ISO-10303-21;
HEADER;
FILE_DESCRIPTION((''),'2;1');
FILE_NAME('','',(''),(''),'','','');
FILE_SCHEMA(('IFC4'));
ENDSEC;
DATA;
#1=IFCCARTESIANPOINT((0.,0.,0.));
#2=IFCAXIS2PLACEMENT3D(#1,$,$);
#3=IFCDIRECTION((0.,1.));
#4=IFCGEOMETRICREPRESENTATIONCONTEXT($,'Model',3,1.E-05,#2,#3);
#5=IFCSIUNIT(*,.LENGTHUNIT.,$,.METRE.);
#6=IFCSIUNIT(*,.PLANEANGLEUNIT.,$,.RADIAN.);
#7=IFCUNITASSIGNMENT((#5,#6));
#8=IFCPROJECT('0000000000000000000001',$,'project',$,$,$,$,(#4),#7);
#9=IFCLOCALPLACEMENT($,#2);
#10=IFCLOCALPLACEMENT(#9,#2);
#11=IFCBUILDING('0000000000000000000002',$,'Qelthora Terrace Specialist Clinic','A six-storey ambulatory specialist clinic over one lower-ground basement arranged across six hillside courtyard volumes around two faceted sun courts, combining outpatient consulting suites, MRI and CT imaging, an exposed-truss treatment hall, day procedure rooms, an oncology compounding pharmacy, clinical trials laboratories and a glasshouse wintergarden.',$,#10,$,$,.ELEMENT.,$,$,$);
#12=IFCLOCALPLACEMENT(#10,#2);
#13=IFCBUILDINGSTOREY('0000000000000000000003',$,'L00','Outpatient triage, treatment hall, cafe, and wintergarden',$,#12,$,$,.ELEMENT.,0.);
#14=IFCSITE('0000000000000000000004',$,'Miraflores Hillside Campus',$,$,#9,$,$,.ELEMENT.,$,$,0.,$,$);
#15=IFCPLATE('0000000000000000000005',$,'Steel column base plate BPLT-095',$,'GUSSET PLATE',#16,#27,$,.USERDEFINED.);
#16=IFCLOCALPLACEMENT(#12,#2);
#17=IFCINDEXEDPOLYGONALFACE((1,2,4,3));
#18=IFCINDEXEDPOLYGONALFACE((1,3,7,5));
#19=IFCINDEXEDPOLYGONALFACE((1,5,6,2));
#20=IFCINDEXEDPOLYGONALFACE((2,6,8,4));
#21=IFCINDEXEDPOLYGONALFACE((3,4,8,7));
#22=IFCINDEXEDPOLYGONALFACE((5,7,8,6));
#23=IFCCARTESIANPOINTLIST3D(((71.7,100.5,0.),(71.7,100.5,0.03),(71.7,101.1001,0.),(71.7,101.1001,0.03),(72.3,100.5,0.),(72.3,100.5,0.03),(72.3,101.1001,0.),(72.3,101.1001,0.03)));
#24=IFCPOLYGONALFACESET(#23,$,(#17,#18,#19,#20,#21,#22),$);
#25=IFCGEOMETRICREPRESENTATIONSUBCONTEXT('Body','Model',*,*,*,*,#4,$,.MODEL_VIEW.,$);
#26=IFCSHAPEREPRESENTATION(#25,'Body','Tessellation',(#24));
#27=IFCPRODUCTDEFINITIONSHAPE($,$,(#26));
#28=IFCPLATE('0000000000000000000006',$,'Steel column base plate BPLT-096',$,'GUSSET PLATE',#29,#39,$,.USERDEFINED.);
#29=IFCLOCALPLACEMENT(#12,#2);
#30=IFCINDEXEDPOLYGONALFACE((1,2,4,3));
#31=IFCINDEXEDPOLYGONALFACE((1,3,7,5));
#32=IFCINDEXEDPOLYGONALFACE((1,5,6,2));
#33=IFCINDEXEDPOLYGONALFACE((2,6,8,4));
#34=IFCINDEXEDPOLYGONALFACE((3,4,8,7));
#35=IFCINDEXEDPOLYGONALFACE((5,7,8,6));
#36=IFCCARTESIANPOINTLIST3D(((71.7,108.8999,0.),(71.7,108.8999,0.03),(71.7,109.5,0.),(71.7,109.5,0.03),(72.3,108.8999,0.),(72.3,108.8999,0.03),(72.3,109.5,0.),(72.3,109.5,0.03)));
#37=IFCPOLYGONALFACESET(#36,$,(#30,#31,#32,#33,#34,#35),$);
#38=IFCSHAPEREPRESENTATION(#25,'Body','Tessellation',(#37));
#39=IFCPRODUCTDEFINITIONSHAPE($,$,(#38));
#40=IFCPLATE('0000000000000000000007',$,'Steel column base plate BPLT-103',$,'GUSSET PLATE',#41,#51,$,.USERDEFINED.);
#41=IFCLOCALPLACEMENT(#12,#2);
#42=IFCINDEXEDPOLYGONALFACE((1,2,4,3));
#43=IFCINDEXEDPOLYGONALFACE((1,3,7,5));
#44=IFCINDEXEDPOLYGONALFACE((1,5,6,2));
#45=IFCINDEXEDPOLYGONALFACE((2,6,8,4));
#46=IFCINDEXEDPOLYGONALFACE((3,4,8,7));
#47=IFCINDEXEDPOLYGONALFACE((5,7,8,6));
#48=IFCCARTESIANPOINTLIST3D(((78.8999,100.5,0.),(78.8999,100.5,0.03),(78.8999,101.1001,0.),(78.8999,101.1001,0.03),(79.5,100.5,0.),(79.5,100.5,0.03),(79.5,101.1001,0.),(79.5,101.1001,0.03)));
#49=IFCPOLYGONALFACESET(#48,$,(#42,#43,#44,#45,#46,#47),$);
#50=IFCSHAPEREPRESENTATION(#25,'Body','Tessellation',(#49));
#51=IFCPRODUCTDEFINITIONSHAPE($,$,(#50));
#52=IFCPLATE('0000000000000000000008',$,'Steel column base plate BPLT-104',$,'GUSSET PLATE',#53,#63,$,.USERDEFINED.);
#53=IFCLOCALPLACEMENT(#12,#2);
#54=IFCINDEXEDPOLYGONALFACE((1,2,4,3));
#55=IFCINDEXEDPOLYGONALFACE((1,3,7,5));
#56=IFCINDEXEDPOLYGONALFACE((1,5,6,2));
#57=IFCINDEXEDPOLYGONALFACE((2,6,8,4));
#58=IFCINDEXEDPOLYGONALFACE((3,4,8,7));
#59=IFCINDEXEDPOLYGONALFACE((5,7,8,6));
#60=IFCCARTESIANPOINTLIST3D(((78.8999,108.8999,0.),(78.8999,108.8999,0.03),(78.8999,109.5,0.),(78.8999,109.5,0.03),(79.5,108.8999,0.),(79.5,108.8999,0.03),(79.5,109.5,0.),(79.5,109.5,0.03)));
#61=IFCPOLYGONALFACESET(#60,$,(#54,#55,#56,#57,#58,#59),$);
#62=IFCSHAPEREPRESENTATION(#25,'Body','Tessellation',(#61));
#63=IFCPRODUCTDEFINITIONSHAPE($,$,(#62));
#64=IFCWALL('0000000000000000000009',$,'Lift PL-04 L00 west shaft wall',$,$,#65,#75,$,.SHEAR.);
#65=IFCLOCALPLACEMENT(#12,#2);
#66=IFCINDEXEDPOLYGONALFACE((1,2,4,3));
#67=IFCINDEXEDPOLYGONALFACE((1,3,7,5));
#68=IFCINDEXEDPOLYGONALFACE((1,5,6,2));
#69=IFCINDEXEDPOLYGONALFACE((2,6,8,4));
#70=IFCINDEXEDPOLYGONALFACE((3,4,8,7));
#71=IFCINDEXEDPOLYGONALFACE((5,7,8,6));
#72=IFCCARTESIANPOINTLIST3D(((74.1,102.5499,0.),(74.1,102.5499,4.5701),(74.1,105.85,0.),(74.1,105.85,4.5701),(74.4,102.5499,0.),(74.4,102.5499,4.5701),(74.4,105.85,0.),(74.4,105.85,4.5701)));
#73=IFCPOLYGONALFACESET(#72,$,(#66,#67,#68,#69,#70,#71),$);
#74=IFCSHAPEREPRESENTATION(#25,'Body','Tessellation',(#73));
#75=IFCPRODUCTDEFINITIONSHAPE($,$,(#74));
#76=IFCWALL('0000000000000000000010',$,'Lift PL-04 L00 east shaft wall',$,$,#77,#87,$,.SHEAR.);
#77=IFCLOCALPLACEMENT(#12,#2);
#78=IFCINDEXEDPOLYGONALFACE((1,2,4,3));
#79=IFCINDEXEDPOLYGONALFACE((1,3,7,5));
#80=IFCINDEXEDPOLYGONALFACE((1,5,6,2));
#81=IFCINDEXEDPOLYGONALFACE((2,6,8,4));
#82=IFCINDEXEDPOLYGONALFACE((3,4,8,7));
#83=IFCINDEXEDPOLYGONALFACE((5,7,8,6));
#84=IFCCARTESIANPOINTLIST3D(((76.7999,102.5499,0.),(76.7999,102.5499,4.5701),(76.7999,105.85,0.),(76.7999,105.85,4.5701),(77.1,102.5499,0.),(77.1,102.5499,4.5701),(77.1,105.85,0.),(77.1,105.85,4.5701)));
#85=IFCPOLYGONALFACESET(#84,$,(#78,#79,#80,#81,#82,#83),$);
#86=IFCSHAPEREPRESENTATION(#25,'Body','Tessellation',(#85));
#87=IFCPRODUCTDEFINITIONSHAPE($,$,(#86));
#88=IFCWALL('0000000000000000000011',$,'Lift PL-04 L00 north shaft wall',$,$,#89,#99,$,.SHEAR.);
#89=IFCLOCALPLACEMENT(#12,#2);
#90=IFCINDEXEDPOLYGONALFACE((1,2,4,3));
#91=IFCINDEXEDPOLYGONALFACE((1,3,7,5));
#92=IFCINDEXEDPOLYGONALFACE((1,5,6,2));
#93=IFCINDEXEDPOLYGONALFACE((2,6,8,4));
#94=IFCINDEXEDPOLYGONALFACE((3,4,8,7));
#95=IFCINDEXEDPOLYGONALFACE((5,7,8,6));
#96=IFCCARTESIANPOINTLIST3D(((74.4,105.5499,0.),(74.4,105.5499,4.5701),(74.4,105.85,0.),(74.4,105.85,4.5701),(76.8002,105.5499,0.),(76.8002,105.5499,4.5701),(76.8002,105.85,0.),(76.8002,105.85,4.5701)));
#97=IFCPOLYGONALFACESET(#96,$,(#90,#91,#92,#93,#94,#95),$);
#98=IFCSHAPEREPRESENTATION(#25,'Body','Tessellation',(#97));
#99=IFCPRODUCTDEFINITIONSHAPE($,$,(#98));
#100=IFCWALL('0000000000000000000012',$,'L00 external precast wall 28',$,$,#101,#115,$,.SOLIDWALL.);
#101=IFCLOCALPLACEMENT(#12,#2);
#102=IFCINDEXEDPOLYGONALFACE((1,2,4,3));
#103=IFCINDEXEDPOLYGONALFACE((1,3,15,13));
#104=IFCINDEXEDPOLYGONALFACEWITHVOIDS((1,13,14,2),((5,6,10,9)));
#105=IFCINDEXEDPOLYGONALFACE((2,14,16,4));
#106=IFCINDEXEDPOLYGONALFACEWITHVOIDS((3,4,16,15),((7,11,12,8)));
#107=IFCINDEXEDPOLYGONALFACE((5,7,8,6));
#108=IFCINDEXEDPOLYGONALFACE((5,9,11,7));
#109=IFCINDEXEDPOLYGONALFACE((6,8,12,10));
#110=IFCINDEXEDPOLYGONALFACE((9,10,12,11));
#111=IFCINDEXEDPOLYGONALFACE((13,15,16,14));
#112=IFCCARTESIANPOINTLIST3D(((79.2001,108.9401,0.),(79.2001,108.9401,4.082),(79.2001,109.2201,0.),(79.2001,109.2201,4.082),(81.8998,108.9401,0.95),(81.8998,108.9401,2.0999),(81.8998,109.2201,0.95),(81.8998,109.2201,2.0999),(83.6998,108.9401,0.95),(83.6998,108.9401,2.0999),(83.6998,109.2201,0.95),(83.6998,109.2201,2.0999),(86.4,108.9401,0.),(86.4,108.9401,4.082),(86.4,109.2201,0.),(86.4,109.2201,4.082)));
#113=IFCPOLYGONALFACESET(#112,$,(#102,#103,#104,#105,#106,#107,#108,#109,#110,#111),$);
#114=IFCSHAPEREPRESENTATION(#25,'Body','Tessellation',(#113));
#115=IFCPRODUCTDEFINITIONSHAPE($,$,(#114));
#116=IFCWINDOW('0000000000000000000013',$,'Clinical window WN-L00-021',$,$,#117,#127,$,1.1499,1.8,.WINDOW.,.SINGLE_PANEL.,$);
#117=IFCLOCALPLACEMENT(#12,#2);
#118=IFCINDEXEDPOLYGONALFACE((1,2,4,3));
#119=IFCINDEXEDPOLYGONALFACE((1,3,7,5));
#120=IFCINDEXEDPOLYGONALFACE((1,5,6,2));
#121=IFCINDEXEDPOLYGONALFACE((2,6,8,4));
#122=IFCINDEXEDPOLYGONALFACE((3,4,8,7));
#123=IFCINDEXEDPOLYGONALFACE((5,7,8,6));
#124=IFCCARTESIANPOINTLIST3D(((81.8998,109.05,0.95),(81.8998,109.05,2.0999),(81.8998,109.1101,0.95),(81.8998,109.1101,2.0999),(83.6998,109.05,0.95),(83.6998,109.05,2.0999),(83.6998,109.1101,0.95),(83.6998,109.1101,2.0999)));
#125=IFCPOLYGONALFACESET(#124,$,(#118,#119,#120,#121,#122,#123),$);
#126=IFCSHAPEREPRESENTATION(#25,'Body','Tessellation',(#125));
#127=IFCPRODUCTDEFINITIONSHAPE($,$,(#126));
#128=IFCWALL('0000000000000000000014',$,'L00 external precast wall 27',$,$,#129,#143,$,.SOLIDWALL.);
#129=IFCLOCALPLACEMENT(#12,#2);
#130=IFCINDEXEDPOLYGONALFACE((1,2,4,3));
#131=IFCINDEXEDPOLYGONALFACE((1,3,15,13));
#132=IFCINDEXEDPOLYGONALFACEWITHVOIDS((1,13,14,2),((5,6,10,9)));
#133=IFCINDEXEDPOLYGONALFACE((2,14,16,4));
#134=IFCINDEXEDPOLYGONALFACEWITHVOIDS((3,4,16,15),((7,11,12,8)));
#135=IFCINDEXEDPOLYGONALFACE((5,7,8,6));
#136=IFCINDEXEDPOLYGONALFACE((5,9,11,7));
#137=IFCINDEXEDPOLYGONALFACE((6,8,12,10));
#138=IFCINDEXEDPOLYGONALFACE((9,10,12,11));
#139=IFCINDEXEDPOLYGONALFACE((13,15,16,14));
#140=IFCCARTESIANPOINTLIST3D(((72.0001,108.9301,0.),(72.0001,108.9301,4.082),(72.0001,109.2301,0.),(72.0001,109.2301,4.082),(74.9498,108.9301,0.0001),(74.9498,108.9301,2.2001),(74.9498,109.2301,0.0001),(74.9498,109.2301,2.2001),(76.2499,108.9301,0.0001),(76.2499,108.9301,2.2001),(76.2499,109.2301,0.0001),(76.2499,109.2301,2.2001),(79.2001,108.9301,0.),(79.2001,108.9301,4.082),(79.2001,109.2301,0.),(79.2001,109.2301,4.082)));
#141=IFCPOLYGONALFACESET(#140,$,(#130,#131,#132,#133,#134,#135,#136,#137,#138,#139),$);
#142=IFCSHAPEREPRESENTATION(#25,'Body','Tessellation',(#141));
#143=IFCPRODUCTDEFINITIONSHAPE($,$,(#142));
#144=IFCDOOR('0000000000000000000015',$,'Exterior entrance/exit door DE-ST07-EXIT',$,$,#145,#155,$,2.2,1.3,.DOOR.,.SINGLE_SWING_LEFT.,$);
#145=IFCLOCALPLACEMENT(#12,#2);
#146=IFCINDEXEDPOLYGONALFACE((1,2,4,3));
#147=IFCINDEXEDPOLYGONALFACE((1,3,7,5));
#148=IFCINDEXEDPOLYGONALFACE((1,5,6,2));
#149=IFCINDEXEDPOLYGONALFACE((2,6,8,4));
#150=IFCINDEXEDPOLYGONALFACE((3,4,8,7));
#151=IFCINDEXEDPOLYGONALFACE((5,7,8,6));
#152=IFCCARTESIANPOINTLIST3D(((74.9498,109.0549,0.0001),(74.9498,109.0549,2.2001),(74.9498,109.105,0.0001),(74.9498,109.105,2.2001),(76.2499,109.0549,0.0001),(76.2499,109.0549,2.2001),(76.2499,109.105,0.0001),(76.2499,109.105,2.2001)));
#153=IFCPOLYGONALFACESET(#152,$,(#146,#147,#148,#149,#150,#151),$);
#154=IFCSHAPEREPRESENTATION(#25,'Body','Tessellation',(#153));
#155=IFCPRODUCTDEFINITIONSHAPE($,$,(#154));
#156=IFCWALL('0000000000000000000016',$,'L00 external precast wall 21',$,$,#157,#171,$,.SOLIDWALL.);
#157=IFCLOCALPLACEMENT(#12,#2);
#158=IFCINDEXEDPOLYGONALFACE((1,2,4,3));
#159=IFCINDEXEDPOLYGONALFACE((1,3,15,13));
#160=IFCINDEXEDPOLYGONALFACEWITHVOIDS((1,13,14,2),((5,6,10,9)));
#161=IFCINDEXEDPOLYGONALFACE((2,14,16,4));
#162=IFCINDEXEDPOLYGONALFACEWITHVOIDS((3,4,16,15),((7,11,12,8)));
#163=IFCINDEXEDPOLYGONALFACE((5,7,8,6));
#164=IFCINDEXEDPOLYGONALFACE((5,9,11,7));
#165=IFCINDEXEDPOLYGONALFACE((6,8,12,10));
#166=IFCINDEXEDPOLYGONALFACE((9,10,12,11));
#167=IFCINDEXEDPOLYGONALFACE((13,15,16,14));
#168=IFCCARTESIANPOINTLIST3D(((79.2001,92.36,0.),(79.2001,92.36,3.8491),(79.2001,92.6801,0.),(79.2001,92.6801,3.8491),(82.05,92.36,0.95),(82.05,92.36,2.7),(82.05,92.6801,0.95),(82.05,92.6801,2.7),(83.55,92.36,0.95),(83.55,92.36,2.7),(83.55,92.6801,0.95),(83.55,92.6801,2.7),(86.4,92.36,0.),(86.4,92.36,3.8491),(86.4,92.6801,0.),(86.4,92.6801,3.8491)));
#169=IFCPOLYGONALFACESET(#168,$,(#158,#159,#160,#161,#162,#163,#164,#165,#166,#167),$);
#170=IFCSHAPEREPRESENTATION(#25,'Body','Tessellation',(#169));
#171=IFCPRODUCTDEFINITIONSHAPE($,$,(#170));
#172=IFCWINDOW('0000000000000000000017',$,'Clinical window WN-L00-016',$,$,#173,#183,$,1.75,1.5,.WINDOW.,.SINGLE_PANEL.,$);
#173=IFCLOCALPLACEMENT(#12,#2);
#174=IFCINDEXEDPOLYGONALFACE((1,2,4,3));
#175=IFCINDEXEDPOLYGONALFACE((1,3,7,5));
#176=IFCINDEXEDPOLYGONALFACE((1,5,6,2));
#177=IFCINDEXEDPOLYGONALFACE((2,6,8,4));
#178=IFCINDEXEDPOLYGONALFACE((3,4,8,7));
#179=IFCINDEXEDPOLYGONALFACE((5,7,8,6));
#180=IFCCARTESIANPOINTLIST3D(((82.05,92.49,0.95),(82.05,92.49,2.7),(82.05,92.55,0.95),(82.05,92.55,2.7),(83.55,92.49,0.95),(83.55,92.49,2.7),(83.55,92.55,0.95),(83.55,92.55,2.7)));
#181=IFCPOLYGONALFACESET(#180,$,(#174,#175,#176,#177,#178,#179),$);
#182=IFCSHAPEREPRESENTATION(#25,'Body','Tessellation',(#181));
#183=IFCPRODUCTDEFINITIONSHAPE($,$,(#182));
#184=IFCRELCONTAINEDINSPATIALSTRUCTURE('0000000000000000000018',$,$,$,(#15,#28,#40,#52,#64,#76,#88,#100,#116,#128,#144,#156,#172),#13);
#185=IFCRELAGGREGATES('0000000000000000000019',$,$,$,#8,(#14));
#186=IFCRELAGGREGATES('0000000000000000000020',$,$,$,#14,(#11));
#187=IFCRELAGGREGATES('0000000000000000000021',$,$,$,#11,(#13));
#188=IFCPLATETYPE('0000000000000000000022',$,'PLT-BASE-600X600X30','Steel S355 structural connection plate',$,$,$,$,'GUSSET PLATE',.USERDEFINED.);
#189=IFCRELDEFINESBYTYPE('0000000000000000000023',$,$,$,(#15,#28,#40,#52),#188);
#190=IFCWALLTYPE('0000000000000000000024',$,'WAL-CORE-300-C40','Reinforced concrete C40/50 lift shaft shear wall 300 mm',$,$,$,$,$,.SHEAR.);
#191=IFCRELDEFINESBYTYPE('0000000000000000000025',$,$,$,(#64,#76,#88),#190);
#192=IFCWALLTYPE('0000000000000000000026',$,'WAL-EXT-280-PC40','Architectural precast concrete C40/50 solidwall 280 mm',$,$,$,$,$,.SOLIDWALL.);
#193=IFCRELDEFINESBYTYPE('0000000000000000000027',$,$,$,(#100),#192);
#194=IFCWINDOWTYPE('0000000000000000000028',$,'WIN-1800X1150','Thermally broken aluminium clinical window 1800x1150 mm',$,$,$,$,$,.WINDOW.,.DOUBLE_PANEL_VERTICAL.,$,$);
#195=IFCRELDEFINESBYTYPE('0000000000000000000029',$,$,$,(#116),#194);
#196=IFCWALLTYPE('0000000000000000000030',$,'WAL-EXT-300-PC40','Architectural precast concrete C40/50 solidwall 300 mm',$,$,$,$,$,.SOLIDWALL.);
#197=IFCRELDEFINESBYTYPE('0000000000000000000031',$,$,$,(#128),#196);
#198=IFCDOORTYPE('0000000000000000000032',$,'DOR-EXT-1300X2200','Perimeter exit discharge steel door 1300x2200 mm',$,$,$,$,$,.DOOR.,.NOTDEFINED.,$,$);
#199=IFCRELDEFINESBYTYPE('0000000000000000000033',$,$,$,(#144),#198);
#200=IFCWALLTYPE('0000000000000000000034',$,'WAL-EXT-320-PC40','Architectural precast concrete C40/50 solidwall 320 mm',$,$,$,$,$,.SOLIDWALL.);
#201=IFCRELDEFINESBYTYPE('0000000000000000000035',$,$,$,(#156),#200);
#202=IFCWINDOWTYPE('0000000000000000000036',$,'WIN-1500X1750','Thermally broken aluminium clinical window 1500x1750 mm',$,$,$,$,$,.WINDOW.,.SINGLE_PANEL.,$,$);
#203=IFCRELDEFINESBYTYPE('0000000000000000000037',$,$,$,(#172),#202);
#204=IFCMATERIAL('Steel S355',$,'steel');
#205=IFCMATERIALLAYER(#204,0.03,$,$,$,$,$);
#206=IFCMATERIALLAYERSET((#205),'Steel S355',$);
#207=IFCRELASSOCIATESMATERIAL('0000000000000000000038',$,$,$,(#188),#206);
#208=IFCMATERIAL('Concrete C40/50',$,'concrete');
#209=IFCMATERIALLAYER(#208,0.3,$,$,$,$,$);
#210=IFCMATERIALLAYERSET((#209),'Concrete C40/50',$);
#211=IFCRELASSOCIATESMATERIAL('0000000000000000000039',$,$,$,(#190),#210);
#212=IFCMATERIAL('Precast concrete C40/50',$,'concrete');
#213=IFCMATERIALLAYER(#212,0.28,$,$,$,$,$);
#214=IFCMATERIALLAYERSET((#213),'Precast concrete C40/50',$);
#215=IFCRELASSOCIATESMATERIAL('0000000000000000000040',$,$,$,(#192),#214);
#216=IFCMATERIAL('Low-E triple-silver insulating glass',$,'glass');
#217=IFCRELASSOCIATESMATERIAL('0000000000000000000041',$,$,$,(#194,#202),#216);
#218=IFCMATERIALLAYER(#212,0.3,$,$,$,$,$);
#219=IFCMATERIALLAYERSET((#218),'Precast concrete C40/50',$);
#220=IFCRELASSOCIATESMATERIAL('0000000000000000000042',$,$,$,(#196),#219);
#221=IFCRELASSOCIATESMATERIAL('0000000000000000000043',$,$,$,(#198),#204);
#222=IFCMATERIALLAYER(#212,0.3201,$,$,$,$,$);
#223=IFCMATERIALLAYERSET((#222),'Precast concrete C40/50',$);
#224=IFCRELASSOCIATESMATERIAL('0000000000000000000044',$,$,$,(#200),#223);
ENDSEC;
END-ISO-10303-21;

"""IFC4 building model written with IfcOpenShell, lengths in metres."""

from ifc_helpers import new_model, si_unit, direction, frame, frame_2d, origin, origin_2d, place, context, subcontext, project, spatial, rectangle, extrude, material, layer, layer_set, type_object, element, fill, save


model = new_model("IFC4")

# Units and contexts
model_context = context("Model", 3, precision=1e-05, world=origin(), true_north=direction((0.0, 1.0)))
body_context = subcontext(model_context, "Body", "Model", "MODEL_VIEW")
ifc_project = project(units=[si_unit("LENGTHUNIT", "METRE"), si_unit("PLANEANGLEUNIT", "RADIAN")], contexts=[model_context])

# Site, building, storey
site_placement = place(None, origin())
site = spatial("IfcSite", under=ifc_project, at=site_placement, Name="Miraflores Hillside Campus", CompositionType="ELEMENT", RefElevation=0.0)
building_placement = place(site_placement, origin())
building = spatial("IfcBuilding", under=site, at=building_placement, Name="Qelthora Terrace Specialist Clinic", Description="A six-storey ambulatory specialist clinic over one lower-ground basement arranged across six hillside courtyard volumes around two faceted sun courts, combining outpatient consulting suites, MRI and CT imaging, an exposed-truss treatment hall, day procedure rooms, an oncology compounding pharmacy, clinical trials laboratories and a glasshouse wintergarden.", CompositionType="ELEMENT")
storey_placement = place(building_placement, origin())
storey = spatial("IfcBuildingStorey", under=building, at=storey_placement, Name="L00", Description="Outpatient triage, treatment hall, cafe, and wintergarden", CompositionType="ELEMENT", Elevation=0.0)

# Shared definitions
ifc_material_1 = material(Name="Steel S355", Category="steel")

# Plates
ifc_layer_1 = layer(ifc_material_1, 0.03)
ifc_layer_set_1 = layer_set([ifc_layer_1], Name="Steel S355")
plate_type = type_object("IfcPlateType", Name="PLT-BASE-600X600X30", Description="Steel S355 structural connection plate", ElementType="GUSSET PLATE", PredefinedType="USERDEFINED", material=ifc_layer_set_1)
for number, where, z_axis, x_axis, name in (
    (1, (72.0, 100.8, 0.0), (0.0, 0.0, 1.0), (1.0, 0.0, 0.0), "Steel column base plate BPLT-095"),
    (2, (72.0, 109.2, 0.0), (0.0, 0.0, 1.0), (1.0, 0.0, 0.0), "Steel column base plate BPLT-096"),
    (3, (79.2, 100.8, 0.0), (0.0, 0.0, 1.0), (1.0, 0.0, 0.0), "Steel column base plate BPLT-103"),
    (4, (79.2, 109.2, 0.0), (0.0, 0.0, 1.0), (1.0, 0.0, 0.0), "Steel column base plate BPLT-104"),
):
    element("IfcPlate", number, at=place(storey_placement, frame(where, z_axis=z_axis, x_axis=x_axis)), inside=storey, type_object=plate_type, Name=name, ObjectType="GUSSET PLATE", PredefinedType="USERDEFINED", context=body_context, shape_type="SweptSolid", body=[
        extrude(rectangle(XDim=0.6001, YDim=0.6001, at=origin_2d()), origin(), (0.0, 0.0, 1.0), 0.03),
    ])

# Walls
ifc_material_2 = material(Name="Concrete C40/50", Category="concrete")
ifc_layer_2 = layer(ifc_material_2, 0.3)
ifc_layer_set_2 = layer_set([ifc_layer_2], Name="Concrete C40/50")
wall_type_1 = type_object("IfcWallType", Name="WAL-CORE-300-C40", Description="Reinforced concrete C40/50 lift shaft shear wall 300 mm", PredefinedType="SHEAR", material=ifc_layer_set_2)
for number, where, z_axis, x_axis, name in (
    (5, (74.25, 102.55, 0.0), (0.0, 0.0, 1.0), (0.0, 1.0, 0.0), "Lift PL-04 L00 west shaft wall"),
    (6, (76.95, 102.55, 0.0), (0.0, 0.0, 1.0), (0.0, 1.0, 0.0), "Lift PL-04 L00 east shaft wall"),
):
    element("IfcWall", number, at=place(storey_placement, frame(where, z_axis=z_axis, x_axis=x_axis)), inside=storey, type_object=wall_type_1, Name=name, PredefinedType="SHEAR", context=body_context, shape_type="SweptSolid", body=[
        extrude(rectangle(XDim=3.3, YDim=0.3, at=frame_2d((1.6499, 0.0))), origin(), (0.0, 0.0, 1.0), 4.5701),
    ])
wall_1_placement = place(storey_placement, frame((74.3999, 105.7, 0.0), z_axis=(0.0, 0.0, 1.0), x_axis=(1.0, 0.0, 0.0)))
element("IfcWall", 7, at=wall_1_placement, inside=storey, type_object=wall_type_1, Name="Lift PL-04 L00 north shaft wall", PredefinedType="SHEAR", context=body_context, shape_type="SweptSolid", body=[
    extrude(rectangle(XDim=2.4001, YDim=0.3, at=frame_2d((1.2002, 0.0))), origin(), (0.0, 0.0, 1.0), 4.5701),
])

# Wall, opening, window
ifc_material_3 = material(Name="Precast concrete C40/50", Category="concrete")
ifc_layer_3 = layer(ifc_material_3, 0.28)
ifc_layer_set_3 = layer_set([ifc_layer_3], Name="Precast concrete C40/50")
wall_type_2 = type_object("IfcWallType", Name="WAL-EXT-280-PC40", Description="Architectural precast concrete C40/50 solidwall 280 mm", PredefinedType="SOLIDWALL", material=ifc_layer_set_3)
wall_2_placement = place(storey_placement, frame((79.2, 109.0801, 0.0), z_axis=(0.0, 0.0, 1.0), x_axis=(1.0, 0.0, 0.0)))
wall_2 = element("IfcWall", 8, at=wall_2_placement, inside=storey, type_object=wall_type_2, Name="L00 external precast wall 28", PredefinedType="SOLIDWALL", context=body_context, shape_type="SweptSolid", body=[
    extrude(rectangle(XDim=7.2, YDim=0.28, at=frame_2d((3.6001, 0.0))), origin(), (0.0, 0.0, 1.0), 4.082),
])
opening_1_placement = place(wall_2_placement, frame((2.7, 0.0, 0.95)))
opening_1 = element("IfcOpeningElement", 9, at=opening_1_placement, cuts=wall_2, PredefinedType="OPENING", context=body_context, shape_type="SweptSolid", body=[
    extrude(rectangle(XDim=1.8, YDim=1.1499, at=frame_2d((0.8999, 0.575))), frame((0.0, 0.1499, 0.0), z_axis=(0.0, -1.0, 0.0), x_axis=(1.0, 0.0, 0.0)), (0.0, 0.0, 1.0), 0.3),
])
ifc_material_4 = material(Name="Low-E triple-silver insulating glass", Category="glass")
window_type_1 = type_object("IfcWindowType", Name="WIN-1800X1150", Description="Thermally broken aluminium clinical window 1800x1150 mm", PartitioningType="DOUBLE_PANEL_VERTICAL", PredefinedType="WINDOW", material=ifc_material_4)
window_1_placement = place(opening_1_placement, origin())
window_1 = element("IfcWindow", 10, at=window_1_placement, inside=storey, type_object=window_type_1, Name="Clinical window WN-L00-021", OverallHeight=1.1499, OverallWidth=1.8, PartitioningType="SINGLE_PANEL", PredefinedType="WINDOW", context=body_context, shape_type="SweptSolid", body=[
    extrude(rectangle(XDim=1.8, YDim=1.1499, at=frame_2d((0.8999, 0.575))), frame((0.0, 0.03, 0.0), z_axis=(0.0, -1.0, 0.0), x_axis=(1.0, 0.0, 0.0)), (0.0, 0.0, 1.0), 0.0601),
])
fill(opening_1, window_1)

# Wall, opening, door
ifc_layer_4 = layer(ifc_material_3, 0.3)
ifc_layer_set_4 = layer_set([ifc_layer_4], Name="Precast concrete C40/50")
wall_type_3 = type_object("IfcWallType", Name="WAL-EXT-300-PC40", Description="Architectural precast concrete C40/50 solidwall 300 mm", PredefinedType="SOLIDWALL", material=ifc_layer_set_4)
wall_3_placement = place(storey_placement, frame((72.0, 109.0801, 0.0), z_axis=(0.0, 0.0, 1.0), x_axis=(1.0, 0.0, 0.0)))
wall_3 = element("IfcWall", 11, at=wall_3_placement, inside=storey, type_object=wall_type_3, Name="L00 external precast wall 27", PredefinedType="SOLIDWALL", context=body_context, shape_type="SweptSolid", body=[
    extrude(rectangle(XDim=7.2, YDim=0.3, at=frame_2d((3.6001, 0.0))), origin(), (0.0, 0.0, 1.0), 4.082),
])
opening_2_placement = place(wall_3_placement, frame((2.95, 0.0, 0.0)))
opening_2 = element("IfcOpeningElement", 12, at=opening_2_placement, cuts=wall_3, PredefinedType="OPENING", context=body_context, shape_type="SweptSolid", body=[
    extrude(rectangle(XDim=1.3, YDim=2.2, at=frame_2d((0.6499, 1.1001))), frame((0.0, 0.1599, 0.0), z_axis=(0.0, -1.0, 0.0), x_axis=(1.0, 0.0, 0.0)), (0.0, 0.0, 1.0), 0.3201),
])
door_type_1 = type_object("IfcDoorType", Name="DOR-EXT-1300X2200", Description="Perimeter exit discharge steel door 1300x2200 mm", OperationType="NOTDEFINED", PredefinedType="DOOR", material=ifc_material_1)
door_1_placement = place(opening_2_placement, origin())
door_1 = element("IfcDoor", 13, at=door_1_placement, inside=storey, type_object=door_type_1, Name="Exterior entrance/exit door DE-ST07-EXIT", OperationType="SINGLE_SWING_LEFT", OverallHeight=2.2, OverallWidth=1.3, PredefinedType="DOOR", context=body_context, shape_type="SweptSolid", body=[
    extrude(rectangle(XDim=1.3, YDim=2.2, at=frame_2d((0.6499, 1.1001))), frame((0.0, 0.0249, 0.0), z_axis=(0.0, -1.0, 0.0), x_axis=(1.0, 0.0, 0.0)), (0.0, 0.0, 1.0), 0.05),
])
fill(opening_2, door_1)

# Wall, opening, window
ifc_layer_5 = layer(ifc_material_3, 0.3201)
ifc_layer_set_5 = layer_set([ifc_layer_5], Name="Precast concrete C40/50")
wall_type_4 = type_object("IfcWallType", Name="WAL-EXT-320-PC40", Description="Architectural precast concrete C40/50 solidwall 320 mm", PredefinedType="SOLIDWALL", material=ifc_layer_set_5)
wall_4_placement = place(storey_placement, frame((79.2, 92.52, 0.0), z_axis=(0.0, 0.0, 1.0), x_axis=(1.0, 0.0, 0.0)))
wall_4 = element("IfcWall", 14, at=wall_4_placement, inside=storey, type_object=wall_type_4, Name="L00 external precast wall 21", PredefinedType="SOLIDWALL", context=body_context, shape_type="SweptSolid", body=[
    extrude(rectangle(XDim=7.2, YDim=0.3201, at=frame_2d((3.6001, 0.0))), origin(), (0.0, 0.0, 1.0), 3.8491),
])
opening_3_placement = place(wall_4_placement, frame((2.8501, 0.0, 0.95)))
opening_3 = element("IfcOpeningElement", 15, at=opening_3_placement, cuts=wall_4, PredefinedType="OPENING", context=body_context, shape_type="SweptSolid", body=[
    extrude(rectangle(XDim=1.5, YDim=1.75, at=frame_2d((0.75, 0.875))), frame((0.0, 0.1699, 0.0), z_axis=(0.0, -1.0, 0.0), x_axis=(1.0, 0.0, 0.0)), (0.0, 0.0, 1.0), 0.3401),
])
window_type_2 = type_object("IfcWindowType", Name="WIN-1500X1750", Description="Thermally broken aluminium clinical window 1500x1750 mm", PartitioningType="SINGLE_PANEL", PredefinedType="WINDOW", material=ifc_material_4)
window_2_placement = place(opening_3_placement, origin())
window_2 = element("IfcWindow", 16, at=window_2_placement, inside=storey, type_object=window_type_2, Name="Clinical window WN-L00-016", OverallHeight=1.75, OverallWidth=1.5, PartitioningType="SINGLE_PANEL", PredefinedType="WINDOW", context=body_context, shape_type="SweptSolid", body=[
    extrude(rectangle(XDim=1.5, YDim=1.75, at=frame_2d((0.75, 0.875))), frame((0.0, 0.03, 0.0), z_axis=(0.0, -1.0, 0.0), x_axis=(1.0, 0.0, 0.0)), (0.0, 0.0, 1.0), 0.0601),
])
fill(opening_3, window_2)

save(model, "model.ifc")
